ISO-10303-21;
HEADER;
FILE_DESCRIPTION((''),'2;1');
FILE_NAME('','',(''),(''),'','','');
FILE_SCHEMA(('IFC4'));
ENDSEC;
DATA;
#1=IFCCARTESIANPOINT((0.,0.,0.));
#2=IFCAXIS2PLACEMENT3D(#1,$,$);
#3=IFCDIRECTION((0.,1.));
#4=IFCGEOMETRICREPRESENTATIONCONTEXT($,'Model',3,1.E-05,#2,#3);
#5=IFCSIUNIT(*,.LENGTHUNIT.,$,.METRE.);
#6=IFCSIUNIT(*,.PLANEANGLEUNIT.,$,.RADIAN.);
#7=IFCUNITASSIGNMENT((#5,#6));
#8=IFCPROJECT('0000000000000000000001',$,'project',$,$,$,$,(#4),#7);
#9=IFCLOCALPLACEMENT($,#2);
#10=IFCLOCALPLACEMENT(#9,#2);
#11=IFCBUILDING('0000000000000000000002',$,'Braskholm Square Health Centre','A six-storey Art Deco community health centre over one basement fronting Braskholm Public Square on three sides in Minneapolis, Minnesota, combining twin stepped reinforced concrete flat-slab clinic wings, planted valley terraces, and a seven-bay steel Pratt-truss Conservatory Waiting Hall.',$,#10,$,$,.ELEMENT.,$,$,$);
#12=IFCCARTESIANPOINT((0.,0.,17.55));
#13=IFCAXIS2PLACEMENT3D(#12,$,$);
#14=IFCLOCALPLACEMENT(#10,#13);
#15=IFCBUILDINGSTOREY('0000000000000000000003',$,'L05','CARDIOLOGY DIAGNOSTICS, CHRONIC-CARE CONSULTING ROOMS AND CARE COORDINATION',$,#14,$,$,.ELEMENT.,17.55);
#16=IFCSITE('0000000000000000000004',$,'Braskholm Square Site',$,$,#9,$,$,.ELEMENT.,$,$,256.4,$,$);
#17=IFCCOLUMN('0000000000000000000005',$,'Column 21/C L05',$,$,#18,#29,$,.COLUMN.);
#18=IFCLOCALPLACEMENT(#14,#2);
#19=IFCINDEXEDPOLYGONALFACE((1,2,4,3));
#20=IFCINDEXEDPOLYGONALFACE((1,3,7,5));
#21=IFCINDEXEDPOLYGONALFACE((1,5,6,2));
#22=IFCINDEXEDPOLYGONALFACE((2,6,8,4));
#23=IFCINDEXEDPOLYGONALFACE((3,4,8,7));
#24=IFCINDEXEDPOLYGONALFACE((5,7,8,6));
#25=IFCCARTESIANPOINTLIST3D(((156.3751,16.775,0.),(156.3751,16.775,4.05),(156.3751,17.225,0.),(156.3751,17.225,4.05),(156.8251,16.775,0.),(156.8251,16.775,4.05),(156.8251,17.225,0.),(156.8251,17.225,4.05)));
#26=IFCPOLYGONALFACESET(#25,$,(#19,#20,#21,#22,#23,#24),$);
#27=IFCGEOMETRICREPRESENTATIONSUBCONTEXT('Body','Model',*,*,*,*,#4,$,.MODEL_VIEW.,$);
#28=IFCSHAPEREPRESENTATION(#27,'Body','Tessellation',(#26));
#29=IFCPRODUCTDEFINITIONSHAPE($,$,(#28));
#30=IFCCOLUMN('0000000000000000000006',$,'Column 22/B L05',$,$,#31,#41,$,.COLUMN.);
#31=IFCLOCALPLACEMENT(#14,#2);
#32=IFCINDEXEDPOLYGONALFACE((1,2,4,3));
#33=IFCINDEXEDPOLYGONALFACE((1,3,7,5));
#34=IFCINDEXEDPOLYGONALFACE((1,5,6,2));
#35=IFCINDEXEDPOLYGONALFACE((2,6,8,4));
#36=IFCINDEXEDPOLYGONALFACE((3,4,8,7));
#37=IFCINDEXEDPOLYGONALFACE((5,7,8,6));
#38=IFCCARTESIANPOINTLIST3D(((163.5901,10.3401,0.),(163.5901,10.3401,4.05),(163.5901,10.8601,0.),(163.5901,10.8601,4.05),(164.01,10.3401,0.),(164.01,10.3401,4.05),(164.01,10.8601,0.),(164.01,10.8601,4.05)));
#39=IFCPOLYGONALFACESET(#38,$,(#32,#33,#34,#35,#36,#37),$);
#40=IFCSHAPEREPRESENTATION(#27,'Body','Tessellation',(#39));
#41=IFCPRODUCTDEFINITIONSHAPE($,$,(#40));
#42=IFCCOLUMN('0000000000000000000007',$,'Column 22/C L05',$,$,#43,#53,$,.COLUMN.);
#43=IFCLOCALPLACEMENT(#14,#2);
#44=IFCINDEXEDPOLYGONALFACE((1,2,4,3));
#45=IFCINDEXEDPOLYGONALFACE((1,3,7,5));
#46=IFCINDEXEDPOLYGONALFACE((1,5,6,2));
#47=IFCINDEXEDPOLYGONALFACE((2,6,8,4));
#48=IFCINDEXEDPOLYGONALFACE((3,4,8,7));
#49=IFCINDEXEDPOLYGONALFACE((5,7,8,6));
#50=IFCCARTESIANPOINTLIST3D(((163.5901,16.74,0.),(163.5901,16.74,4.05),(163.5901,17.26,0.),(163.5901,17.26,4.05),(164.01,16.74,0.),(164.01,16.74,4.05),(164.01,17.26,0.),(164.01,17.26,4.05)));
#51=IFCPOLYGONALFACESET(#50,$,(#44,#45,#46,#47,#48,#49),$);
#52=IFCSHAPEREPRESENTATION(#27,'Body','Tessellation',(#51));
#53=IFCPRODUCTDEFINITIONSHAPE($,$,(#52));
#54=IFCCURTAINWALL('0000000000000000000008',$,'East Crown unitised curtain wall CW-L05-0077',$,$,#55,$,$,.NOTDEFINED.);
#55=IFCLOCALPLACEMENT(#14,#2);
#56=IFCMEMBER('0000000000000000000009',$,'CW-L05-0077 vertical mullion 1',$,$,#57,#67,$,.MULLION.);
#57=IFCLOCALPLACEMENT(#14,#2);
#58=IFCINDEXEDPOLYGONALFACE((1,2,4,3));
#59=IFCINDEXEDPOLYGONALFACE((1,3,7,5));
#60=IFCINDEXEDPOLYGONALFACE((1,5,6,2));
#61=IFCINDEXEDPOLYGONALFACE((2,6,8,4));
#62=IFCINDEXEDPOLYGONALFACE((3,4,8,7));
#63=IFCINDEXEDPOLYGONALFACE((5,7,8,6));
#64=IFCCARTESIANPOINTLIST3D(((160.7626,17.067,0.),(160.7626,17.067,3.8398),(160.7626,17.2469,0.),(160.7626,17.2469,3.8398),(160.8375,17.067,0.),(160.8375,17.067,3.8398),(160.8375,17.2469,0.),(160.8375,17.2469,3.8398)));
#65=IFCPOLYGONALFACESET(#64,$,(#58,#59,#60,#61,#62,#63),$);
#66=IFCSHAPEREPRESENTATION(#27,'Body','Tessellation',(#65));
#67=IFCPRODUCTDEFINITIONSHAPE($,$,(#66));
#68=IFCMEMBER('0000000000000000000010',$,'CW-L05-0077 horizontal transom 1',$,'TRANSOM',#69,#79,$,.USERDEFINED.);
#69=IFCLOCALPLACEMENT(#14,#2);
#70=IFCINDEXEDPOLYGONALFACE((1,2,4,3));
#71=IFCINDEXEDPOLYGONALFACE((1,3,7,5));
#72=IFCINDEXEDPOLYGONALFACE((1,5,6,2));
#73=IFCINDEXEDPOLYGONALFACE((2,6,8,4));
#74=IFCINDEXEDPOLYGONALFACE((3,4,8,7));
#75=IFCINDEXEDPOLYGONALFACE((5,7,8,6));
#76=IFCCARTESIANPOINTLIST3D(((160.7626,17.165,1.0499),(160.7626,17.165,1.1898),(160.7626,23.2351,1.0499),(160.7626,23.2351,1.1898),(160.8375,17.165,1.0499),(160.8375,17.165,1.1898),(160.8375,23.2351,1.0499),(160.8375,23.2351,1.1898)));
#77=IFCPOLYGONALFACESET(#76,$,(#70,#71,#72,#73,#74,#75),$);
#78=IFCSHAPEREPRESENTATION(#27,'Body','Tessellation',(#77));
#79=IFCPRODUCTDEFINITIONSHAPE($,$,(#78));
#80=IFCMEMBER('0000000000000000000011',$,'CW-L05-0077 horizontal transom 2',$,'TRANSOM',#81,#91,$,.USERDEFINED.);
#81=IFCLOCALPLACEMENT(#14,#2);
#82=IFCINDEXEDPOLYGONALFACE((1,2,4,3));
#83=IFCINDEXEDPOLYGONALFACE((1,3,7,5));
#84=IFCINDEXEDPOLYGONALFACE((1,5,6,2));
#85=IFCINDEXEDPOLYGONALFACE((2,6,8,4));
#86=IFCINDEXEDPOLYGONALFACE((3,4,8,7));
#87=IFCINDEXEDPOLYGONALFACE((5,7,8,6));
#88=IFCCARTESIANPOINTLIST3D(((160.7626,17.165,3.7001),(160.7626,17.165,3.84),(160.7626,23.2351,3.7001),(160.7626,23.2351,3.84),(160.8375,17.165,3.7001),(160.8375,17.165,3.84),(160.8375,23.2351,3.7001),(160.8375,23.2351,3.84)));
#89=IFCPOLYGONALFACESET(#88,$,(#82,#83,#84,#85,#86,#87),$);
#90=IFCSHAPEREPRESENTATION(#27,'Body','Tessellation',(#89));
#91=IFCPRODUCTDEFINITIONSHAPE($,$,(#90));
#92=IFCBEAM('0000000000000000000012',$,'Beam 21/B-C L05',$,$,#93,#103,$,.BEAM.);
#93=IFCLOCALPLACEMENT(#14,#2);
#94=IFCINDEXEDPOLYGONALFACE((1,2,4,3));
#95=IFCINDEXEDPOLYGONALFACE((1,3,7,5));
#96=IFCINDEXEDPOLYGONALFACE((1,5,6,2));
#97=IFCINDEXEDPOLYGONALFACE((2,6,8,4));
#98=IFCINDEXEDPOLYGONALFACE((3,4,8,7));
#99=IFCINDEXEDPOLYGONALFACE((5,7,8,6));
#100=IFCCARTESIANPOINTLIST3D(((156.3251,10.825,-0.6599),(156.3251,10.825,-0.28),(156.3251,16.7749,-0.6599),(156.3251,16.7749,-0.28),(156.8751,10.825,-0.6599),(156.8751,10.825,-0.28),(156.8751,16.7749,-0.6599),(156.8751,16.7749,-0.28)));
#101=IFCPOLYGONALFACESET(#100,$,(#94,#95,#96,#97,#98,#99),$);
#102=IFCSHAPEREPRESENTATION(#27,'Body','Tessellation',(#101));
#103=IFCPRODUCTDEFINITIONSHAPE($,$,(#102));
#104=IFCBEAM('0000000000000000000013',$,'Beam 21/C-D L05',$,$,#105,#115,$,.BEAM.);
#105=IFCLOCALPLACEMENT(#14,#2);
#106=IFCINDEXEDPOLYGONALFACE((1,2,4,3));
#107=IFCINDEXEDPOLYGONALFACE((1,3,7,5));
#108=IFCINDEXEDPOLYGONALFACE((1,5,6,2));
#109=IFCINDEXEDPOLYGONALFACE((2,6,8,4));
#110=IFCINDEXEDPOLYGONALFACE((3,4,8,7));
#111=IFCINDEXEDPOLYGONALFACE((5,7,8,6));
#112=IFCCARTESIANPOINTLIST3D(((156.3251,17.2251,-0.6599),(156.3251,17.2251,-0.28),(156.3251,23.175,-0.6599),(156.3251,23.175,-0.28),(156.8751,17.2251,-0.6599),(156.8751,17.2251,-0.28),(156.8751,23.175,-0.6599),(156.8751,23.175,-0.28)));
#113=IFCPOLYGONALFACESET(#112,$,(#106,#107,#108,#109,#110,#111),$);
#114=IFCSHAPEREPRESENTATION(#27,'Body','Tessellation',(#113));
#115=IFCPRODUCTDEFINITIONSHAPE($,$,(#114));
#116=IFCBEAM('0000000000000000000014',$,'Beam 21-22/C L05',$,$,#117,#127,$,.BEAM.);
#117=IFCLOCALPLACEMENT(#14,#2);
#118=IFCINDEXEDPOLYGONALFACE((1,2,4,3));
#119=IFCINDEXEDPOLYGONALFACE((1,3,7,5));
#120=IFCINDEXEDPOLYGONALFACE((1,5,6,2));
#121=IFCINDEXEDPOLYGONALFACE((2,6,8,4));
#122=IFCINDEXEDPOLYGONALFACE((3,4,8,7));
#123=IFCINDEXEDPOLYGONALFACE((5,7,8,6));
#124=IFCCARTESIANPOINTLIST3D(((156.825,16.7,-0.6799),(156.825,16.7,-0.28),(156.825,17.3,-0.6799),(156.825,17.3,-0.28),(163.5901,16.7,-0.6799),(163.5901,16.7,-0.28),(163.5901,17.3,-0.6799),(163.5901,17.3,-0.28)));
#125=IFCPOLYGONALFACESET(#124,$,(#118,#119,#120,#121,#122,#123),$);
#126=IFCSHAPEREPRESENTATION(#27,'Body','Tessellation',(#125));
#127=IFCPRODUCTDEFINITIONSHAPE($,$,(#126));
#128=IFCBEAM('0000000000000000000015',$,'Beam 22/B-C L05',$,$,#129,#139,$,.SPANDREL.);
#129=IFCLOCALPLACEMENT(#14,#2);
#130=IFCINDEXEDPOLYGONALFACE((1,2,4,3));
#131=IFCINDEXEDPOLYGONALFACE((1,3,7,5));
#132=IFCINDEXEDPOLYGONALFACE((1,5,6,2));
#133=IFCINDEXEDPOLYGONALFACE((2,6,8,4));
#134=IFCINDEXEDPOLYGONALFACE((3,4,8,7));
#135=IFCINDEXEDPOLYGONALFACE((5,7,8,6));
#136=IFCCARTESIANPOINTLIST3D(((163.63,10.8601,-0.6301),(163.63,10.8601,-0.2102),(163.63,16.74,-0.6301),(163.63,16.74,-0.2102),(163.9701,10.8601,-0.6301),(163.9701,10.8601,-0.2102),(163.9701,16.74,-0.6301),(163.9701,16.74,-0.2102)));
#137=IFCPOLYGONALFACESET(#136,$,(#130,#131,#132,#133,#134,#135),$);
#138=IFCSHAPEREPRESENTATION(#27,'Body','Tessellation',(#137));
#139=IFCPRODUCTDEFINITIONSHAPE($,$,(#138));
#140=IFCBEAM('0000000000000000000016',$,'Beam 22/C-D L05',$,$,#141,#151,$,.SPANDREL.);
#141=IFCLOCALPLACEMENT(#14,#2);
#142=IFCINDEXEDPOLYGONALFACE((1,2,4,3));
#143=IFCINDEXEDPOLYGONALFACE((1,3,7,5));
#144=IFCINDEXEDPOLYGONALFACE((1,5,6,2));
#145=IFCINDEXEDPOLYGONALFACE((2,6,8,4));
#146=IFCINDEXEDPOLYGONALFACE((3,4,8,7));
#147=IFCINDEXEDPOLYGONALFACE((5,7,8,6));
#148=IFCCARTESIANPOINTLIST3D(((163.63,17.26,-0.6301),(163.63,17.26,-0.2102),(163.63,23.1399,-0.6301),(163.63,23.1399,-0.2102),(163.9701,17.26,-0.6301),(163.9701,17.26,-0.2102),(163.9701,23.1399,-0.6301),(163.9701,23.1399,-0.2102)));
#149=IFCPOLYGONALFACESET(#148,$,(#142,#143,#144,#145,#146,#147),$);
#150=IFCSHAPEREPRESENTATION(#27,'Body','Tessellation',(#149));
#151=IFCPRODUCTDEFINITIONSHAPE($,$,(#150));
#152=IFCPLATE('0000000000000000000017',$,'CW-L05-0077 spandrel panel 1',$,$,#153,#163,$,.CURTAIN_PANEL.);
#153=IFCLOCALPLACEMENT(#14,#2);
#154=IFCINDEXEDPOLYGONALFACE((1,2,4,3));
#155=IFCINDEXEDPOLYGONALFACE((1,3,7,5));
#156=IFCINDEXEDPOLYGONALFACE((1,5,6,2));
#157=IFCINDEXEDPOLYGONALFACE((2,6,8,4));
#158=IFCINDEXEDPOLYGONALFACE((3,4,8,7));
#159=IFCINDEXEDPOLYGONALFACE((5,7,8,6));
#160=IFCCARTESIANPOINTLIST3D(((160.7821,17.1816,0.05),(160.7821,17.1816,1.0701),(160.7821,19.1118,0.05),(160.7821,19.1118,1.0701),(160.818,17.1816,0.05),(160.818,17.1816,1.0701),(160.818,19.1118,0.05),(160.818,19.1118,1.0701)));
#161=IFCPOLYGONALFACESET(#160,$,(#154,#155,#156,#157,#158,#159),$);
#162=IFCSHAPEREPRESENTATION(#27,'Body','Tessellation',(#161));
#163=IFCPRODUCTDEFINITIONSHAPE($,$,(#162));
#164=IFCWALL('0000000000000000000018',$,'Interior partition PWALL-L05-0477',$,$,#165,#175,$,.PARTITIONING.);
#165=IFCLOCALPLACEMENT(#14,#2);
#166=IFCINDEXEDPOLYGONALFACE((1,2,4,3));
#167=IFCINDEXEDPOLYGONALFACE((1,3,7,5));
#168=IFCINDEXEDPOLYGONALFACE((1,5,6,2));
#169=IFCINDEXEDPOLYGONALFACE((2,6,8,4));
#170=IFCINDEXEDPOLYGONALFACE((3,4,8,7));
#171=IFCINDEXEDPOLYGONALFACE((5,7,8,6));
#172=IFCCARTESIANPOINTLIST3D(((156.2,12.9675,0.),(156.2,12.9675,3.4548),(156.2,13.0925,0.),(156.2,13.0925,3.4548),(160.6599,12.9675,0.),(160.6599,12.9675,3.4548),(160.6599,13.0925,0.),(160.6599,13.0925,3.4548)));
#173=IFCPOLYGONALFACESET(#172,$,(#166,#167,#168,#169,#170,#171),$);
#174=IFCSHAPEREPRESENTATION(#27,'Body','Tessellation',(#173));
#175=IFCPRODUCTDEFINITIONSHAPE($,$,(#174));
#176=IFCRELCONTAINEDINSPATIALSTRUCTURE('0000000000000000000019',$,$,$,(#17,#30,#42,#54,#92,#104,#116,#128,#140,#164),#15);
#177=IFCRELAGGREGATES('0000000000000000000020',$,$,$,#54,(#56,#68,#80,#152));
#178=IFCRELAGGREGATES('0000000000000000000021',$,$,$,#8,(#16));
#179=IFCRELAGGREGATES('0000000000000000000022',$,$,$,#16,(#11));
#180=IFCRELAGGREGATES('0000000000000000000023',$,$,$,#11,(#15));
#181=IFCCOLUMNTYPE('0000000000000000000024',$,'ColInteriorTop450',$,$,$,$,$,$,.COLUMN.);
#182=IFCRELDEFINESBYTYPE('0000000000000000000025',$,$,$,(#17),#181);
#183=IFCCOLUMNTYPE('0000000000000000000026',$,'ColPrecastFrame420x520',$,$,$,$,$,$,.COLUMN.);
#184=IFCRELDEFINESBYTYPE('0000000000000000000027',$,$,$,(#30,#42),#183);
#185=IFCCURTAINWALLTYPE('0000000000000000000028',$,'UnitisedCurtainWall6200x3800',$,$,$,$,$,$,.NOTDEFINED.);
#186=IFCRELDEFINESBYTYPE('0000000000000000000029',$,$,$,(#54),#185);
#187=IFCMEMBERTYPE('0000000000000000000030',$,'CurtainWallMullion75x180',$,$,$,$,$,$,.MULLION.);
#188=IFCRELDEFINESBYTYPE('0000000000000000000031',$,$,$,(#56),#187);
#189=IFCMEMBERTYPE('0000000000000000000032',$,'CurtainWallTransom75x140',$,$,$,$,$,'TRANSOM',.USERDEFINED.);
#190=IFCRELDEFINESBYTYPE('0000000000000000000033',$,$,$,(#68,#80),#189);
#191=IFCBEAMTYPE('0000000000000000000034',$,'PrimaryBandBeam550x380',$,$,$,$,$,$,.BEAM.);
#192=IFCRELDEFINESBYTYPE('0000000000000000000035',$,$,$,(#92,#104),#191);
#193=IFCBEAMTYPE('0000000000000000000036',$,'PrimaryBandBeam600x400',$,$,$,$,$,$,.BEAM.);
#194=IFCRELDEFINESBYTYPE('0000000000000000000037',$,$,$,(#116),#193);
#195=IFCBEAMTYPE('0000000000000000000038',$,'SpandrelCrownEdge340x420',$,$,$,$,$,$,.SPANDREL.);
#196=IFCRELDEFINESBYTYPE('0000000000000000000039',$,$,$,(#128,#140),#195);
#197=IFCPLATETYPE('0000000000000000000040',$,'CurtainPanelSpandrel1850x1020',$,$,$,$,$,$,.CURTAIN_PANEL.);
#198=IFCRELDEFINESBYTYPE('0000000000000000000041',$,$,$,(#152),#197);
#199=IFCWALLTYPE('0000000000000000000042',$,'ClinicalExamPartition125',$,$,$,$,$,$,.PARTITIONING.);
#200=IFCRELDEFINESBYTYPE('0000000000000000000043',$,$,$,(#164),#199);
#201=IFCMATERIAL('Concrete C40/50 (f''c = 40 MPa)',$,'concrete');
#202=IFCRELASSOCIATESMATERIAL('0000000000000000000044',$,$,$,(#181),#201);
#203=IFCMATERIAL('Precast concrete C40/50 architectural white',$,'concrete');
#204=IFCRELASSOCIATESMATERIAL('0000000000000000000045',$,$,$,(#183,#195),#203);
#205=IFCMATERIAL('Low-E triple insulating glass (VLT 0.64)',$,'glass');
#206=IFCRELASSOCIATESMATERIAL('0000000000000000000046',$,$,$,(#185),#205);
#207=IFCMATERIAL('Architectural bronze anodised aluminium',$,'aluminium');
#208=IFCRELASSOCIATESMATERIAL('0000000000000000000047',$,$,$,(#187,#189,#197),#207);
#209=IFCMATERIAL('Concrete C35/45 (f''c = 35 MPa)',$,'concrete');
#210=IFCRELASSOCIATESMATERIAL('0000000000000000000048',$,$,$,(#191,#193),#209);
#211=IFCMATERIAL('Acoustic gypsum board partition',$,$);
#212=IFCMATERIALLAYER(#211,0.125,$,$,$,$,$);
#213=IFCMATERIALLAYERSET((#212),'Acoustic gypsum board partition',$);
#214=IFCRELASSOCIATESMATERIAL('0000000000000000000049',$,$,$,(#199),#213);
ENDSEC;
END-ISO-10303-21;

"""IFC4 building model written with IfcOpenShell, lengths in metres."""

from ifc_helpers import new_model, si_unit, direction, frame, frame_2d, origin, origin_2d, place, context, subcontext, project, spatial, rectangle, extrude, material, layer, layer_set, material_profile, profile_set, type_object, element, aggregate, save


model = new_model("IFC4")

# Units and contexts
model_context = context("Model", 3, precision=1e-05, world=origin(), true_north=direction((0.0, 1.0)))
body_context = subcontext(model_context, "Body", "Model", "MODEL_VIEW")
ifc_project = project(units=[si_unit("LENGTHUNIT", "METRE"), si_unit("PLANEANGLEUNIT", "RADIAN")], contexts=[model_context])

# Site, building, storey
site_placement = place(None, origin())
site = spatial("IfcSite", under=ifc_project, at=site_placement, Name="Braskholm Square Site", CompositionType="ELEMENT", RefElevation=256.4)
building_placement = place(site_placement, origin())
building = spatial("IfcBuilding", under=site, at=building_placement, Name="Braskholm Square Health Centre", Description="A six-storey Art Deco community health centre over one basement fronting Braskholm Public Square on three sides in Minneapolis, Minnesota, combining twin stepped reinforced concrete flat-slab clinic wings, planted valley terraces, and a seven-bay steel Pratt-truss Conservatory Waiting Hall.", CompositionType="ELEMENT")
storey_placement = place(building_placement, frame((0.0, 0.0, 17.55)))
storey = spatial("IfcBuildingStorey", under=building, at=storey_placement, Name="L05", Description="CARDIOLOGY DIAGNOSTICS, CHRONIC-CARE CONSULTING ROOMS AND CARE COORDINATION", CompositionType="ELEMENT", Elevation=17.55)

# Columns
ifc_material_1 = material(Name="Concrete C40/50 (f'c = 40 MPa)", Category="concrete")
ifc_material_profile_1 = material_profile(ifc_material_1, rectangle(XDim=0.45, YDim=0.45, at=origin_2d()), Name="RC-450X450")
ifc_profile_set_1 = profile_set([ifc_material_profile_1], Name="Concrete C40/50 (f'c = 40 MPa)")
column_type_1 = type_object("IfcColumnType", Name="ColInteriorTop450", PredefinedType="COLUMN", material=ifc_profile_set_1)
column_placement = place(storey_placement, frame((156.6001, 17.0, 0.0), z_axis=(0.0, 0.0, 1.0), x_axis=(1.0, 0.0, 0.0)))
element("IfcColumn", 1, at=column_placement, inside=storey, type_object=column_type_1, Name="Column 21/C L05", PredefinedType="COLUMN", context=body_context, shape_type="SweptSolid", body=[
    extrude(rectangle(XDim=0.45, YDim=0.45, at=origin_2d()), origin(), (0.0, 0.0, 1.0), 4.05),
])
ifc_material_2 = material(Name="Precast concrete C40/50 architectural white", Category="concrete")
ifc_material_profile_2 = material_profile(ifc_material_2, rectangle(XDim=0.4199, YDim=0.52, at=origin_2d()), Name="RC-420X520")
ifc_profile_set_2 = profile_set([ifc_material_profile_2], Name="Precast concrete C40/50 architectural white")
column_type_2 = type_object("IfcColumnType", Name="ColPrecastFrame420x520", PredefinedType="COLUMN", material=ifc_profile_set_2)
for number, where, z_axis, x_axis, name in (
    (2, (163.8, 10.6001, 0.0), (0.0, 0.0, 1.0), (1.0, 0.0, 0.0), "Column 22/B L05"),
    (3, (163.8, 17.0, 0.0), (0.0, 0.0, 1.0), (1.0, 0.0, 0.0), "Column 22/C L05"),
):
    element("IfcColumn", number, at=place(storey_placement, frame(where, z_axis=z_axis, x_axis=x_axis)), inside=storey, type_object=column_type_2, Name=name, PredefinedType="COLUMN", context=body_context, shape_type="SweptSolid", body=[
        extrude(rectangle(XDim=0.4199, YDim=0.52, at=origin_2d()), origin(), (0.0, 0.0, 1.0), 4.05),
    ])

# Curtain wall, members
ifc_material_3 = material(Name="Low-E triple insulating glass (VLT 0.64)", Category="glass")
curtain_wall_type = type_object("IfcCurtainWallType", Name="UnitisedCurtainWall6200x3800", PredefinedType="NOTDEFINED", material=ifc_material_3)
curtain_wall_placement = place(storey_placement, origin())
curtain_wall = element("IfcCurtainWall", 4, at=curtain_wall_placement, inside=storey, type_object=curtain_wall_type, Name="East Crown unitised curtain wall CW-L05-0077", PredefinedType="NOTDEFINED")
ifc_material_4 = material(Name="Architectural bronze anodised aluminium", Category="aluminium")
ifc_material_profile_3 = material_profile(ifc_material_4, rectangle(XDim=0.075, YDim=0.1799, at=origin_2d()), Name="ALU-75X180")
ifc_profile_set_3 = profile_set([ifc_material_profile_3], Name="Architectural bronze anodised aluminium")
member_type_1 = type_object("IfcMemberType", Name="CurtainWallMullion75x180", PredefinedType="MULLION", material=ifc_profile_set_3)
member_1_placement = place(storey_placement, frame((160.8, 17.157, 0.0), z_axis=(0.0, 0.0, 1.0), x_axis=(1.0, 0.0, 0.0)))
member_1 = element("IfcMember", 5, at=member_1_placement, type_object=member_type_1, Name="CW-L05-0077 vertical mullion 1", PredefinedType="MULLION", context=body_context, shape_type="SweptSolid", body=[
    extrude(rectangle(XDim=0.075, YDim=0.1799, at=origin_2d()), origin(), (0.0, 0.0, 1.0), 3.8398),
])
ifc_material_profile_4 = material_profile(ifc_material_4, rectangle(XDim=0.075, YDim=0.1399, at=origin_2d()), Name="ALU-75X140")
ifc_profile_set_4 = profile_set([ifc_material_profile_4], Name="Architectural bronze anodised aluminium")
member_type_2 = type_object("IfcMemberType", Name="CurtainWallTransom75x140", ElementType="TRANSOM", PredefinedType="USERDEFINED", material=ifc_profile_set_4)
member_2_placement = place(storey_placement, frame((160.8, 17.165, 1.1199), z_axis=(0.0, 1.0, 0.0), x_axis=(-1.0, 0.0, 0.0)))
member_2 = element("IfcMember", 6, at=member_2_placement, type_object=member_type_2, Name="CW-L05-0077 horizontal transom 1", ObjectType="TRANSOM", PredefinedType="USERDEFINED", context=body_context, shape_type="SweptSolid", body=[
    extrude(rectangle(XDim=0.075, YDim=0.1399, at=origin_2d()), origin(), (0.0, 0.0, 1.0), 6.0701),
])
member_3_placement = place(storey_placement, frame((160.8, 17.165, 3.77), z_axis=(0.0, 1.0, 0.0), x_axis=(-1.0, 0.0, 0.0)))
member_3 = element("IfcMember", 7, at=member_3_placement, type_object=member_type_2, Name="CW-L05-0077 horizontal transom 2", ObjectType="TRANSOM", PredefinedType="USERDEFINED", context=body_context, shape_type="SweptSolid", body=[
    extrude(rectangle(XDim=0.075, YDim=0.1399, at=origin_2d()), origin(), (0.0, 0.0, 1.0), 6.0701),
])

# Beams
ifc_material_5 = material(Name="Concrete C35/45 (f'c = 35 MPa)", Category="concrete")
ifc_material_profile_5 = material_profile(ifc_material_5, rectangle(XDim=0.55, YDim=0.3799, at=origin_2d()), Name="RCB-550X380")
ifc_profile_set_5 = profile_set([ifc_material_profile_5], Name="Concrete C35/45 (f'c = 35 MPa)")
beam_type_1 = type_object("IfcBeamType", Name="PrimaryBandBeam550x380", PredefinedType="BEAM", material=ifc_profile_set_5)
for number, where, z_axis, x_axis, name in (
    (8, (156.6001, 10.825, -0.47), (0.0, 1.0, 0.0), (-1.0, 0.0, 0.0), "Beam 21/B-C L05"),
    (9, (156.6001, 17.2251, -0.47), (0.0, 1.0, 0.0), (-1.0, 0.0, 0.0), "Beam 21/C-D L05"),
):
    element("IfcBeam", number, at=place(storey_placement, frame(where, z_axis=z_axis, x_axis=x_axis)), inside=storey, type_object=beam_type_1, Name=name, PredefinedType="BEAM", context=body_context, shape_type="SweptSolid", body=[
        extrude(rectangle(XDim=0.55, YDim=0.3799, at=origin_2d()), origin(), (0.0, 0.0, 1.0), 5.95),
    ])
ifc_material_profile_6 = material_profile(ifc_material_5, rectangle(XDim=0.6001, YDim=0.3999, at=origin_2d()), Name="RCB-600X400")
ifc_profile_set_6 = profile_set([ifc_material_profile_6], Name="Concrete C35/45 (f'c = 35 MPa)")
beam_type_2 = type_object("IfcBeamType", Name="PrimaryBandBeam600x400", PredefinedType="BEAM", material=ifc_profile_set_6)
beam_placement = place(storey_placement, frame((156.825, 17.0, -0.48), z_axis=(1.0, 0.0, 0.0), x_axis=(0.0, 1.0, 0.0)))
element("IfcBeam", 10, at=beam_placement, inside=storey, type_object=beam_type_2, Name="Beam 21-22/C L05", PredefinedType="BEAM", context=body_context, shape_type="SweptSolid", body=[
    extrude(rectangle(XDim=0.6001, YDim=0.3999, at=origin_2d()), origin(), (0.0, 0.0, 1.0), 6.7651),
])
ifc_material_profile_7 = material_profile(ifc_material_2, rectangle(XDim=0.3401, YDim=0.4199, at=origin_2d()), Name="RCB-340X420")
ifc_profile_set_7 = profile_set([ifc_material_profile_7], Name="Precast concrete C40/50 architectural white")
beam_type_3 = type_object("IfcBeamType", Name="SpandrelCrownEdge340x420", PredefinedType="SPANDREL", material=ifc_profile_set_7)
for number, where, z_axis, x_axis, name in (
    (11, (163.8, 10.8601, -0.4202), (0.0, 1.0, 0.0), (-1.0, 0.0, 0.0), "Beam 22/B-C L05"),
    (12, (163.8, 17.26, -0.4202), (0.0, 1.0, 0.0), (-1.0, 0.0, 0.0), "Beam 22/C-D L05"),
):
    element("IfcBeam", number, at=place(storey_placement, frame(where, z_axis=z_axis, x_axis=x_axis)), inside=storey, type_object=beam_type_3, Name=name, PredefinedType="SPANDREL", context=body_context, shape_type="SweptSolid", body=[
        extrude(rectangle(XDim=0.3401, YDim=0.4199, at=origin_2d()), origin(), (0.0, 0.0, 1.0), 5.8799),
    ])

# Plate
plate_type = type_object("IfcPlateType", Name="CurtainPanelSpandrel1850x1020", PredefinedType="CURTAIN_PANEL", material=ifc_material_4)
plate_placement = place(storey_placement, frame((160.8, 18.1467, 0.05), z_axis=(0.0, 0.0, 1.0), x_axis=(0.0, 1.0, 0.0)))
plate = element("IfcPlate", 13, at=plate_placement, type_object=plate_type, Name="CW-L05-0077 spandrel panel 1", PredefinedType="CURTAIN_PANEL", context=body_context, shape_type="SweptSolid", body=[
    extrude(rectangle(XDim=1.9302, YDim=0.0359, at=origin_2d()), origin(), (0.0, 0.0, 1.0), 1.02),
])
aggregate(curtain_wall, [member_1, member_2, member_3, plate])

# Wall
ifc_material_6 = material(Name="Acoustic gypsum board partition")
ifc_layer_1 = layer(ifc_material_6, 0.125)
ifc_layer_set_1 = layer_set([ifc_layer_1], Name="Acoustic gypsum board partition")
wall_type = type_object("IfcWallType", Name="ClinicalExamPartition125", PredefinedType="PARTITIONING", material=ifc_layer_set_1)
wall_1_placement = place(storey_placement, frame((156.2, 13.03, 0.0), z_axis=(0.0, 0.0, 1.0), x_axis=(1.0, 0.0, 0.0)))
element("IfcWall", 14, at=wall_1_placement, inside=storey, type_object=wall_type, Name="Interior partition PWALL-L05-0477", PredefinedType="PARTITIONING", context=body_context, shape_type="SweptSolid", body=[
    extrude(rectangle(XDim=4.46, YDim=0.125, at=frame_2d((2.23, 0.0))), origin(), (0.0, 0.0, 1.0), 3.4548),
])

save(model, "model.ifc")
